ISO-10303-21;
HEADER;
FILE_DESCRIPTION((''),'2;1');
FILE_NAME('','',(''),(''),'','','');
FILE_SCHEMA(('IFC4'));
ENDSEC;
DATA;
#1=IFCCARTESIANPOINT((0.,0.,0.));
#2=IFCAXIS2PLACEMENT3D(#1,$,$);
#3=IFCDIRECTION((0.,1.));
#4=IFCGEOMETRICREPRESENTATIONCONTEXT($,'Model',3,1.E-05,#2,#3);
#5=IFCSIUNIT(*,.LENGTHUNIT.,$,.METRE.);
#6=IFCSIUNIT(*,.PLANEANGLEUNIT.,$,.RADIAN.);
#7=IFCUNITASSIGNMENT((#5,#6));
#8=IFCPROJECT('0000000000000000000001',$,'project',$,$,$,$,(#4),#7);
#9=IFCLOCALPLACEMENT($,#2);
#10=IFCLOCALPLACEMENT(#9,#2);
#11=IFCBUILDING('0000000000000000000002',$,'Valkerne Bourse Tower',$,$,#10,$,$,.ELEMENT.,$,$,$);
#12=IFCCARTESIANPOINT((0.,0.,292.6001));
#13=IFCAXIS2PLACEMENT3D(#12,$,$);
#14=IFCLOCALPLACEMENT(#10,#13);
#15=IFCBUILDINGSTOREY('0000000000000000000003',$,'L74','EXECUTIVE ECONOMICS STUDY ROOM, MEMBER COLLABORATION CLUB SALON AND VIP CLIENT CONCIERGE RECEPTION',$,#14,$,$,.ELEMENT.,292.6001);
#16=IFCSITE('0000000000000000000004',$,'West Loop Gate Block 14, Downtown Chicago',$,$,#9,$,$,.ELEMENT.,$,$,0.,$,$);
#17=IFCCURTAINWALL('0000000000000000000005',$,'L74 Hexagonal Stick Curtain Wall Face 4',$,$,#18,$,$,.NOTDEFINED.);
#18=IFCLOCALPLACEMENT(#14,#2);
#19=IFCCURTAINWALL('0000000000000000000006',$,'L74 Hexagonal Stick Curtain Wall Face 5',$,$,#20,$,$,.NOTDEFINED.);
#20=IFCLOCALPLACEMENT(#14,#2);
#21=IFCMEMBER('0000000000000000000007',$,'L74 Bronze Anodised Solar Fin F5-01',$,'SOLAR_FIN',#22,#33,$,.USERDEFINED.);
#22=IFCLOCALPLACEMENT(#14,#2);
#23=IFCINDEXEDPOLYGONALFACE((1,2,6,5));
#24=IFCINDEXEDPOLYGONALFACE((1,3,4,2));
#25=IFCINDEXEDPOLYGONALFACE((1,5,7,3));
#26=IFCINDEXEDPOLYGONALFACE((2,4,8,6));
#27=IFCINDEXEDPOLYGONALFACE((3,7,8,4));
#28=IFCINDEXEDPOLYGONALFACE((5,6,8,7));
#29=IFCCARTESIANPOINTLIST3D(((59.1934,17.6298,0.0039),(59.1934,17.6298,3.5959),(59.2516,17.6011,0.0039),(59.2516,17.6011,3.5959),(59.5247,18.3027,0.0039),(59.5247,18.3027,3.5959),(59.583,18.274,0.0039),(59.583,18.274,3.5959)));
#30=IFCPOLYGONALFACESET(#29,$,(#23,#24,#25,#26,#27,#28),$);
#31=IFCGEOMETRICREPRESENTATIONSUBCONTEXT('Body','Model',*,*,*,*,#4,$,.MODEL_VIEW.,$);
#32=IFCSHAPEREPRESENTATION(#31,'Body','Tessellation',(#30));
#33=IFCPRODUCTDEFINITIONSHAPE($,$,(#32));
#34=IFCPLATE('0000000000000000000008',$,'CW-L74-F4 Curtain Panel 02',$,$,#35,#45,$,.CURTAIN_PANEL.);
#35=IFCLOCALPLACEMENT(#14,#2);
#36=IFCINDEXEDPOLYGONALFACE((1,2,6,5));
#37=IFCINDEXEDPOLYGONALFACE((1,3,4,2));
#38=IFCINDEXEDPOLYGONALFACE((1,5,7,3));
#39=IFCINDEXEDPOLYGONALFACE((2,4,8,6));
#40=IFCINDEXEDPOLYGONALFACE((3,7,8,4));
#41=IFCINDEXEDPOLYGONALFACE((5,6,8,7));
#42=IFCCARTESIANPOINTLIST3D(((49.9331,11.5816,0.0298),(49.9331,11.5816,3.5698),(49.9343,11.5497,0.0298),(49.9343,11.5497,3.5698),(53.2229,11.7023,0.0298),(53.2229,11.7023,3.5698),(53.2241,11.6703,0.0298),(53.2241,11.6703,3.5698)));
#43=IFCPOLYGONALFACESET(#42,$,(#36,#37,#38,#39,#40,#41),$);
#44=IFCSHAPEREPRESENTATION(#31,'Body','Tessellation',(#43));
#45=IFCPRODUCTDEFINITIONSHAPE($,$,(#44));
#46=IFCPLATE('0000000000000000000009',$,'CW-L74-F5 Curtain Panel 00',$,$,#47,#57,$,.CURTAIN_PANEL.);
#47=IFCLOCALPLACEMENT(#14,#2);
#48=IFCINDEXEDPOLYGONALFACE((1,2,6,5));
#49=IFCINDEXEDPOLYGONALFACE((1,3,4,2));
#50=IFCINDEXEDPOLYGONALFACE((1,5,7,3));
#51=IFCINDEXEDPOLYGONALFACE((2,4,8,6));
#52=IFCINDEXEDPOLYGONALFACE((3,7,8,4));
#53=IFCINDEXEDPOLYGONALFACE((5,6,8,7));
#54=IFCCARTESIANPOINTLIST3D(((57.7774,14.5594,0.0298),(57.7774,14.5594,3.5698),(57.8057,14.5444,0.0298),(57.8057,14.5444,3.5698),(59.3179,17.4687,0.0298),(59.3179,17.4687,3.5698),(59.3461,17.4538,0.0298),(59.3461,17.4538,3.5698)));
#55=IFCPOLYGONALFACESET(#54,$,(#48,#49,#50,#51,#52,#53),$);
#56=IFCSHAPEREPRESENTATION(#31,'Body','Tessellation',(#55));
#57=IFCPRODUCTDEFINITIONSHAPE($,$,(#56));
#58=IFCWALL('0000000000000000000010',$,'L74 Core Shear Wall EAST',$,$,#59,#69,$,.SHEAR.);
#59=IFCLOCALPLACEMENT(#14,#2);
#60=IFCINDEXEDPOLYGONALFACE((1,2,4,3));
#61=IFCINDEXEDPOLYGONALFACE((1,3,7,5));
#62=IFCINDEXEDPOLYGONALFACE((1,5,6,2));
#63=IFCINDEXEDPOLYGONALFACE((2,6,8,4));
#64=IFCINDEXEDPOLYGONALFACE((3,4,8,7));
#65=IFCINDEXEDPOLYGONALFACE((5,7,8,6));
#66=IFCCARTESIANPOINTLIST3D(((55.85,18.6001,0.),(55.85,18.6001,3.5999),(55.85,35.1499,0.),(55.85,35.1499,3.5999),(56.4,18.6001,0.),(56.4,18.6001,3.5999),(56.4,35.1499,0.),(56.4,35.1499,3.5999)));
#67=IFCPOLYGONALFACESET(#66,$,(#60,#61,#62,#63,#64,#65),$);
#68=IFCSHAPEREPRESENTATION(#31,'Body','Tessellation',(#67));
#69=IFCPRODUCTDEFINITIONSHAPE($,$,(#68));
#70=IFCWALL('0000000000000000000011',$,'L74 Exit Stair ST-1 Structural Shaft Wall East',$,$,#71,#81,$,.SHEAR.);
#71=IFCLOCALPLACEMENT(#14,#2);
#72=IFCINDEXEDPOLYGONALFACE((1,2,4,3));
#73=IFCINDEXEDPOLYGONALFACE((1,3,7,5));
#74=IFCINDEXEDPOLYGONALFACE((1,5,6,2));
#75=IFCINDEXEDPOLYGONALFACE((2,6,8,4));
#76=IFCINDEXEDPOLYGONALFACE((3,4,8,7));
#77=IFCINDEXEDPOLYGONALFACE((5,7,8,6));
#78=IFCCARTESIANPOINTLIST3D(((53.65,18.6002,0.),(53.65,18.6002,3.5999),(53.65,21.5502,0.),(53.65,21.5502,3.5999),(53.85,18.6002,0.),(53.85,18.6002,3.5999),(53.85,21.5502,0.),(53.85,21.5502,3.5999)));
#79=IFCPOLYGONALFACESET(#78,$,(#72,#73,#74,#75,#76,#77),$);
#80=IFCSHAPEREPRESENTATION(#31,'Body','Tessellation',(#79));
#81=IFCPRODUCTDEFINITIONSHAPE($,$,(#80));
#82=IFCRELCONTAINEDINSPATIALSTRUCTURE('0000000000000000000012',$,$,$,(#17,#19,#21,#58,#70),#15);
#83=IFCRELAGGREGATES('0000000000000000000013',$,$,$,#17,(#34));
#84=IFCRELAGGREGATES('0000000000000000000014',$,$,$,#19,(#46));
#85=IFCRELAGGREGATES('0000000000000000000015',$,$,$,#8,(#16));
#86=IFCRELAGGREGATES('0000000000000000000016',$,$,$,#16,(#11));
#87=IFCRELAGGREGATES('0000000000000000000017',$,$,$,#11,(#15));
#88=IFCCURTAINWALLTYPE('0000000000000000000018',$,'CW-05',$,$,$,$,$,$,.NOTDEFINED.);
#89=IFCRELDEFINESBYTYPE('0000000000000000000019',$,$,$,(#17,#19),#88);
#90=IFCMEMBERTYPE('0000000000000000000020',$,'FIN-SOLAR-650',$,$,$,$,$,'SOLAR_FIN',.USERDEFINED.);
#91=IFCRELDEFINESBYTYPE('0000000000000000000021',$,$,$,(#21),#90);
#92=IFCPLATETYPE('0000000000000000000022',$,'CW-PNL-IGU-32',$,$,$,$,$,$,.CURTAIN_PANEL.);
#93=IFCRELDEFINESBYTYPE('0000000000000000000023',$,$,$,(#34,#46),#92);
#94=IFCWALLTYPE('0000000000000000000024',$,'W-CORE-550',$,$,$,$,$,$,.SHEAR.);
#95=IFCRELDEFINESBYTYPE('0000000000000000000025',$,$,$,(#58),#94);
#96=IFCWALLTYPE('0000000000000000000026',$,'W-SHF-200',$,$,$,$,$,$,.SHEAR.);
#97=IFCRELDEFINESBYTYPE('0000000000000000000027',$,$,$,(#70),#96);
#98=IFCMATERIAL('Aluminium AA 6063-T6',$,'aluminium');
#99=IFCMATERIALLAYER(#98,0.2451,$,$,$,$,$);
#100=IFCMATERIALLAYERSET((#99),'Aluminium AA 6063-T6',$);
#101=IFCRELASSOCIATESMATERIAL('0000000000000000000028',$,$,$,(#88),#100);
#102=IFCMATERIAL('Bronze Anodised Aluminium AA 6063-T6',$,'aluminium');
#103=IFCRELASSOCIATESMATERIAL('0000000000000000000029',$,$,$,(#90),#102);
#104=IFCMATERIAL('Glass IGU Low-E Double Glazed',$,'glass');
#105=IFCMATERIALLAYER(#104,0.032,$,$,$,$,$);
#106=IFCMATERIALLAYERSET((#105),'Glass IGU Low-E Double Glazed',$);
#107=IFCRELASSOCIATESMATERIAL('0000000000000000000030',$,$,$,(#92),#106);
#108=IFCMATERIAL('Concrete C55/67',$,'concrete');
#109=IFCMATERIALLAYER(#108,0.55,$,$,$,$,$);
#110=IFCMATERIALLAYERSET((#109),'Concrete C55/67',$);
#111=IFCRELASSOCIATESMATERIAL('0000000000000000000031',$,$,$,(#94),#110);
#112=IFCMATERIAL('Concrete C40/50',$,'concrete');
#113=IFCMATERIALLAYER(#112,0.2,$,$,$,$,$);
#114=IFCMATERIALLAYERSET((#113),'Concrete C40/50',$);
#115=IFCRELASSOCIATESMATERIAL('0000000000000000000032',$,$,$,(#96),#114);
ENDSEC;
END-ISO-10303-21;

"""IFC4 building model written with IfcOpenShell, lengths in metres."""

from ifc_helpers import new_model, si_unit, direction, frame, frame_2d, origin, origin_2d, place, context, subcontext, project, spatial, rectangle, extrude, material, layer, layer_set, material_profile, profile_set, type_object, element, aggregate, save


model = new_model("IFC4")

# Units and contexts
model_context = context("Model", 3, precision=1e-05, world=origin(), true_north=direction((0.0, 1.0)))
body_context = subcontext(model_context, "Body", "Model", "MODEL_VIEW")
ifc_project = project(units=[si_unit("LENGTHUNIT", "METRE"), si_unit("PLANEANGLEUNIT", "RADIAN")], contexts=[model_context])

# Site, building, storey
site_placement = place(None, origin())
site = spatial("IfcSite", under=ifc_project, at=site_placement, Name="West Loop Gate Block 14, Downtown Chicago", CompositionType="ELEMENT", RefElevation=0.0)
building_placement = place(site_placement, origin())
building = spatial("IfcBuilding", under=site, at=building_placement, Name="Valkerne Bourse Tower", CompositionType="ELEMENT")
storey_placement = place(building_placement, frame((0.0, 0.0, 292.6001)))
storey = spatial("IfcBuildingStorey", under=building, at=storey_placement, Name="L74", Description="EXECUTIVE ECONOMICS STUDY ROOM, MEMBER COLLABORATION CLUB SALON AND VIP CLIENT CONCIERGE RECEPTION", CompositionType="ELEMENT", Elevation=292.6001)

# Curtain wall
ifc_material_1 = material(Name="Aluminium AA 6063-T6", Category="aluminium")
ifc_layer_1 = layer(ifc_material_1, 0.2451)
ifc_layer_set_1 = layer_set([ifc_layer_1], Name="Aluminium AA 6063-T6")
curtain_wall_type = type_object("IfcCurtainWallType", Name="CW-05", PredefinedType="NOTDEFINED", material=ifc_layer_set_1)
curtain_wall_1_placement = place(storey_placement, origin())
curtain_wall_1 = element("IfcCurtainWall", 1, at=curtain_wall_1_placement, inside=storey, type_object=curtain_wall_type, Name="L74 Hexagonal Stick Curtain Wall Face 4", PredefinedType="NOTDEFINED")

# Curtain wall
curtain_wall_2_placement = place(storey_placement, origin())
curtain_wall_2 = element("IfcCurtainWall", 2, at=curtain_wall_2_placement, inside=storey, type_object=curtain_wall_type, Name="L74 Hexagonal Stick Curtain Wall Face 5", PredefinedType="NOTDEFINED")

# Member
ifc_material_2 = material(Name="Bronze Anodised Aluminium AA 6063-T6", Category="aluminium")
ifc_material_profile_1 = material_profile(ifc_material_2, rectangle(XDim=0.0649, YDim=0.75, at=origin_2d()), Name="FIN-65X750")
ifc_profile_set_1 = profile_set([ifc_material_profile_1], Name="Bronze Anodised Aluminium AA 6063-T6")
member_type_1 = type_object("IfcMemberType", Name="FIN-SOLAR-650", ElementType="SOLAR_FIN", PredefinedType="USERDEFINED", material=ifc_profile_set_1)
member_1_placement = place(storey_placement, frame((59.3882, 17.9519, 0.0039), z_axis=(0.0, 0.0, 1.0), x_axis=(0.897123, -0.44178, 0.0)))
element("IfcMember", 3, at=member_1_placement, inside=storey, type_object=member_type_1, Name="L74 Bronze Anodised Solar Fin F5-01", ObjectType="SOLAR_FIN", PredefinedType="USERDEFINED", context=body_context, shape_type="SweptSolid", body=[
    extrude(rectangle(XDim=0.0649, YDim=0.75, at=origin_2d()), origin(), (0.0, 0.0, 1.0), 3.592),
])

# Plates
ifc_material_3 = material(Name="Glass IGU Low-E Double Glazed", Category="glass")
ifc_layer_2 = layer(ifc_material_3, 0.032)
ifc_layer_set_2 = layer_set([ifc_layer_2], Name="Glass IGU Low-E Double Glazed")
plate_type = type_object("IfcPlateType", Name="CW-PNL-IGU-32", PredefinedType="CURTAIN_PANEL", material=ifc_layer_set_2)
plate_1_placement = place(storey_placement, frame((51.5786, 11.626, 0.0298), z_axis=(0.0, 0.0, 1.0), x_axis=(0.999328, 0.036657, 0.0)))
plate_1 = element("IfcPlate", 4, at=plate_1_placement, type_object=plate_type, Name="CW-L74-F4 Curtain Panel 02", PredefinedType="CURTAIN_PANEL", context=body_context, shape_type="SweptSolid", body=[
    extrude(rectangle(XDim=3.292, YDim=0.032, at=origin_2d()), origin(), (0.0, 0.0, 1.0), 3.54),
])
aggregate(curtain_wall_1, [plate_1])
plate_2_placement = place(storey_placement, frame((58.5618, 16.0066, 0.0298), z_axis=(0.0, 0.0, 1.0), x_axis=(0.467947, 0.883757, 0.0)))
plate_2 = element("IfcPlate", 5, at=plate_2_placement, type_object=plate_type, Name="CW-L74-F5 Curtain Panel 00", PredefinedType="CURTAIN_PANEL", context=body_context, shape_type="SweptSolid", body=[
    extrude(rectangle(XDim=3.292, YDim=0.032, at=origin_2d()), origin(), (0.0, 0.0, 1.0), 3.54),
])
aggregate(curtain_wall_2, [plate_2])

# Walls
ifc_material_4 = material(Name="Concrete C55/67", Category="concrete")
ifc_layer_3 = layer(ifc_material_4, 0.55)
ifc_layer_set_3 = layer_set([ifc_layer_3], Name="Concrete C55/67")
wall_type_1 = type_object("IfcWallType", Name="W-CORE-550", PredefinedType="SHEAR", material=ifc_layer_set_3)
wall_1_placement = place(storey_placement, frame((56.125, 18.6001, 0.0), z_axis=(0.0, 0.0, 1.0), x_axis=(0.0, 1.0, 0.0)))
element("IfcWall", 6, at=wall_1_placement, inside=storey, type_object=wall_type_1, Name="L74 Core Shear Wall EAST", PredefinedType="SHEAR", context=body_context, shape_type="SweptSolid", body=[
    extrude(rectangle(XDim=16.5498, YDim=0.55, at=frame_2d((8.2749, 0.0))), origin(), (0.0, 0.0, 1.0), 3.5999),
])
ifc_material_5 = material(Name="Concrete C40/50", Category="concrete")
ifc_layer_4 = layer(ifc_material_5, 0.2)
ifc_layer_set_4 = layer_set([ifc_layer_4], Name="Concrete C40/50")
wall_type_2 = type_object("IfcWallType", Name="W-SHF-200", PredefinedType="SHEAR", material=ifc_layer_set_4)
wall_2_placement = place(storey_placement, frame((53.75, 18.6001, 0.0), z_axis=(0.0, 0.0, 1.0), x_axis=(0.0, 1.0, 0.0)))
element("IfcWall", 7, at=wall_2_placement, inside=storey, type_object=wall_type_2, Name="L74 Exit Stair ST-1 Structural Shaft Wall East", PredefinedType="SHEAR", context=body_context, shape_type="SweptSolid", body=[
    extrude(rectangle(XDim=2.95, YDim=0.2, at=frame_2d((1.4751, 0.0))), origin(), (0.0, 0.0, 1.0), 3.5999),
])

save(model, "model.ifc")
